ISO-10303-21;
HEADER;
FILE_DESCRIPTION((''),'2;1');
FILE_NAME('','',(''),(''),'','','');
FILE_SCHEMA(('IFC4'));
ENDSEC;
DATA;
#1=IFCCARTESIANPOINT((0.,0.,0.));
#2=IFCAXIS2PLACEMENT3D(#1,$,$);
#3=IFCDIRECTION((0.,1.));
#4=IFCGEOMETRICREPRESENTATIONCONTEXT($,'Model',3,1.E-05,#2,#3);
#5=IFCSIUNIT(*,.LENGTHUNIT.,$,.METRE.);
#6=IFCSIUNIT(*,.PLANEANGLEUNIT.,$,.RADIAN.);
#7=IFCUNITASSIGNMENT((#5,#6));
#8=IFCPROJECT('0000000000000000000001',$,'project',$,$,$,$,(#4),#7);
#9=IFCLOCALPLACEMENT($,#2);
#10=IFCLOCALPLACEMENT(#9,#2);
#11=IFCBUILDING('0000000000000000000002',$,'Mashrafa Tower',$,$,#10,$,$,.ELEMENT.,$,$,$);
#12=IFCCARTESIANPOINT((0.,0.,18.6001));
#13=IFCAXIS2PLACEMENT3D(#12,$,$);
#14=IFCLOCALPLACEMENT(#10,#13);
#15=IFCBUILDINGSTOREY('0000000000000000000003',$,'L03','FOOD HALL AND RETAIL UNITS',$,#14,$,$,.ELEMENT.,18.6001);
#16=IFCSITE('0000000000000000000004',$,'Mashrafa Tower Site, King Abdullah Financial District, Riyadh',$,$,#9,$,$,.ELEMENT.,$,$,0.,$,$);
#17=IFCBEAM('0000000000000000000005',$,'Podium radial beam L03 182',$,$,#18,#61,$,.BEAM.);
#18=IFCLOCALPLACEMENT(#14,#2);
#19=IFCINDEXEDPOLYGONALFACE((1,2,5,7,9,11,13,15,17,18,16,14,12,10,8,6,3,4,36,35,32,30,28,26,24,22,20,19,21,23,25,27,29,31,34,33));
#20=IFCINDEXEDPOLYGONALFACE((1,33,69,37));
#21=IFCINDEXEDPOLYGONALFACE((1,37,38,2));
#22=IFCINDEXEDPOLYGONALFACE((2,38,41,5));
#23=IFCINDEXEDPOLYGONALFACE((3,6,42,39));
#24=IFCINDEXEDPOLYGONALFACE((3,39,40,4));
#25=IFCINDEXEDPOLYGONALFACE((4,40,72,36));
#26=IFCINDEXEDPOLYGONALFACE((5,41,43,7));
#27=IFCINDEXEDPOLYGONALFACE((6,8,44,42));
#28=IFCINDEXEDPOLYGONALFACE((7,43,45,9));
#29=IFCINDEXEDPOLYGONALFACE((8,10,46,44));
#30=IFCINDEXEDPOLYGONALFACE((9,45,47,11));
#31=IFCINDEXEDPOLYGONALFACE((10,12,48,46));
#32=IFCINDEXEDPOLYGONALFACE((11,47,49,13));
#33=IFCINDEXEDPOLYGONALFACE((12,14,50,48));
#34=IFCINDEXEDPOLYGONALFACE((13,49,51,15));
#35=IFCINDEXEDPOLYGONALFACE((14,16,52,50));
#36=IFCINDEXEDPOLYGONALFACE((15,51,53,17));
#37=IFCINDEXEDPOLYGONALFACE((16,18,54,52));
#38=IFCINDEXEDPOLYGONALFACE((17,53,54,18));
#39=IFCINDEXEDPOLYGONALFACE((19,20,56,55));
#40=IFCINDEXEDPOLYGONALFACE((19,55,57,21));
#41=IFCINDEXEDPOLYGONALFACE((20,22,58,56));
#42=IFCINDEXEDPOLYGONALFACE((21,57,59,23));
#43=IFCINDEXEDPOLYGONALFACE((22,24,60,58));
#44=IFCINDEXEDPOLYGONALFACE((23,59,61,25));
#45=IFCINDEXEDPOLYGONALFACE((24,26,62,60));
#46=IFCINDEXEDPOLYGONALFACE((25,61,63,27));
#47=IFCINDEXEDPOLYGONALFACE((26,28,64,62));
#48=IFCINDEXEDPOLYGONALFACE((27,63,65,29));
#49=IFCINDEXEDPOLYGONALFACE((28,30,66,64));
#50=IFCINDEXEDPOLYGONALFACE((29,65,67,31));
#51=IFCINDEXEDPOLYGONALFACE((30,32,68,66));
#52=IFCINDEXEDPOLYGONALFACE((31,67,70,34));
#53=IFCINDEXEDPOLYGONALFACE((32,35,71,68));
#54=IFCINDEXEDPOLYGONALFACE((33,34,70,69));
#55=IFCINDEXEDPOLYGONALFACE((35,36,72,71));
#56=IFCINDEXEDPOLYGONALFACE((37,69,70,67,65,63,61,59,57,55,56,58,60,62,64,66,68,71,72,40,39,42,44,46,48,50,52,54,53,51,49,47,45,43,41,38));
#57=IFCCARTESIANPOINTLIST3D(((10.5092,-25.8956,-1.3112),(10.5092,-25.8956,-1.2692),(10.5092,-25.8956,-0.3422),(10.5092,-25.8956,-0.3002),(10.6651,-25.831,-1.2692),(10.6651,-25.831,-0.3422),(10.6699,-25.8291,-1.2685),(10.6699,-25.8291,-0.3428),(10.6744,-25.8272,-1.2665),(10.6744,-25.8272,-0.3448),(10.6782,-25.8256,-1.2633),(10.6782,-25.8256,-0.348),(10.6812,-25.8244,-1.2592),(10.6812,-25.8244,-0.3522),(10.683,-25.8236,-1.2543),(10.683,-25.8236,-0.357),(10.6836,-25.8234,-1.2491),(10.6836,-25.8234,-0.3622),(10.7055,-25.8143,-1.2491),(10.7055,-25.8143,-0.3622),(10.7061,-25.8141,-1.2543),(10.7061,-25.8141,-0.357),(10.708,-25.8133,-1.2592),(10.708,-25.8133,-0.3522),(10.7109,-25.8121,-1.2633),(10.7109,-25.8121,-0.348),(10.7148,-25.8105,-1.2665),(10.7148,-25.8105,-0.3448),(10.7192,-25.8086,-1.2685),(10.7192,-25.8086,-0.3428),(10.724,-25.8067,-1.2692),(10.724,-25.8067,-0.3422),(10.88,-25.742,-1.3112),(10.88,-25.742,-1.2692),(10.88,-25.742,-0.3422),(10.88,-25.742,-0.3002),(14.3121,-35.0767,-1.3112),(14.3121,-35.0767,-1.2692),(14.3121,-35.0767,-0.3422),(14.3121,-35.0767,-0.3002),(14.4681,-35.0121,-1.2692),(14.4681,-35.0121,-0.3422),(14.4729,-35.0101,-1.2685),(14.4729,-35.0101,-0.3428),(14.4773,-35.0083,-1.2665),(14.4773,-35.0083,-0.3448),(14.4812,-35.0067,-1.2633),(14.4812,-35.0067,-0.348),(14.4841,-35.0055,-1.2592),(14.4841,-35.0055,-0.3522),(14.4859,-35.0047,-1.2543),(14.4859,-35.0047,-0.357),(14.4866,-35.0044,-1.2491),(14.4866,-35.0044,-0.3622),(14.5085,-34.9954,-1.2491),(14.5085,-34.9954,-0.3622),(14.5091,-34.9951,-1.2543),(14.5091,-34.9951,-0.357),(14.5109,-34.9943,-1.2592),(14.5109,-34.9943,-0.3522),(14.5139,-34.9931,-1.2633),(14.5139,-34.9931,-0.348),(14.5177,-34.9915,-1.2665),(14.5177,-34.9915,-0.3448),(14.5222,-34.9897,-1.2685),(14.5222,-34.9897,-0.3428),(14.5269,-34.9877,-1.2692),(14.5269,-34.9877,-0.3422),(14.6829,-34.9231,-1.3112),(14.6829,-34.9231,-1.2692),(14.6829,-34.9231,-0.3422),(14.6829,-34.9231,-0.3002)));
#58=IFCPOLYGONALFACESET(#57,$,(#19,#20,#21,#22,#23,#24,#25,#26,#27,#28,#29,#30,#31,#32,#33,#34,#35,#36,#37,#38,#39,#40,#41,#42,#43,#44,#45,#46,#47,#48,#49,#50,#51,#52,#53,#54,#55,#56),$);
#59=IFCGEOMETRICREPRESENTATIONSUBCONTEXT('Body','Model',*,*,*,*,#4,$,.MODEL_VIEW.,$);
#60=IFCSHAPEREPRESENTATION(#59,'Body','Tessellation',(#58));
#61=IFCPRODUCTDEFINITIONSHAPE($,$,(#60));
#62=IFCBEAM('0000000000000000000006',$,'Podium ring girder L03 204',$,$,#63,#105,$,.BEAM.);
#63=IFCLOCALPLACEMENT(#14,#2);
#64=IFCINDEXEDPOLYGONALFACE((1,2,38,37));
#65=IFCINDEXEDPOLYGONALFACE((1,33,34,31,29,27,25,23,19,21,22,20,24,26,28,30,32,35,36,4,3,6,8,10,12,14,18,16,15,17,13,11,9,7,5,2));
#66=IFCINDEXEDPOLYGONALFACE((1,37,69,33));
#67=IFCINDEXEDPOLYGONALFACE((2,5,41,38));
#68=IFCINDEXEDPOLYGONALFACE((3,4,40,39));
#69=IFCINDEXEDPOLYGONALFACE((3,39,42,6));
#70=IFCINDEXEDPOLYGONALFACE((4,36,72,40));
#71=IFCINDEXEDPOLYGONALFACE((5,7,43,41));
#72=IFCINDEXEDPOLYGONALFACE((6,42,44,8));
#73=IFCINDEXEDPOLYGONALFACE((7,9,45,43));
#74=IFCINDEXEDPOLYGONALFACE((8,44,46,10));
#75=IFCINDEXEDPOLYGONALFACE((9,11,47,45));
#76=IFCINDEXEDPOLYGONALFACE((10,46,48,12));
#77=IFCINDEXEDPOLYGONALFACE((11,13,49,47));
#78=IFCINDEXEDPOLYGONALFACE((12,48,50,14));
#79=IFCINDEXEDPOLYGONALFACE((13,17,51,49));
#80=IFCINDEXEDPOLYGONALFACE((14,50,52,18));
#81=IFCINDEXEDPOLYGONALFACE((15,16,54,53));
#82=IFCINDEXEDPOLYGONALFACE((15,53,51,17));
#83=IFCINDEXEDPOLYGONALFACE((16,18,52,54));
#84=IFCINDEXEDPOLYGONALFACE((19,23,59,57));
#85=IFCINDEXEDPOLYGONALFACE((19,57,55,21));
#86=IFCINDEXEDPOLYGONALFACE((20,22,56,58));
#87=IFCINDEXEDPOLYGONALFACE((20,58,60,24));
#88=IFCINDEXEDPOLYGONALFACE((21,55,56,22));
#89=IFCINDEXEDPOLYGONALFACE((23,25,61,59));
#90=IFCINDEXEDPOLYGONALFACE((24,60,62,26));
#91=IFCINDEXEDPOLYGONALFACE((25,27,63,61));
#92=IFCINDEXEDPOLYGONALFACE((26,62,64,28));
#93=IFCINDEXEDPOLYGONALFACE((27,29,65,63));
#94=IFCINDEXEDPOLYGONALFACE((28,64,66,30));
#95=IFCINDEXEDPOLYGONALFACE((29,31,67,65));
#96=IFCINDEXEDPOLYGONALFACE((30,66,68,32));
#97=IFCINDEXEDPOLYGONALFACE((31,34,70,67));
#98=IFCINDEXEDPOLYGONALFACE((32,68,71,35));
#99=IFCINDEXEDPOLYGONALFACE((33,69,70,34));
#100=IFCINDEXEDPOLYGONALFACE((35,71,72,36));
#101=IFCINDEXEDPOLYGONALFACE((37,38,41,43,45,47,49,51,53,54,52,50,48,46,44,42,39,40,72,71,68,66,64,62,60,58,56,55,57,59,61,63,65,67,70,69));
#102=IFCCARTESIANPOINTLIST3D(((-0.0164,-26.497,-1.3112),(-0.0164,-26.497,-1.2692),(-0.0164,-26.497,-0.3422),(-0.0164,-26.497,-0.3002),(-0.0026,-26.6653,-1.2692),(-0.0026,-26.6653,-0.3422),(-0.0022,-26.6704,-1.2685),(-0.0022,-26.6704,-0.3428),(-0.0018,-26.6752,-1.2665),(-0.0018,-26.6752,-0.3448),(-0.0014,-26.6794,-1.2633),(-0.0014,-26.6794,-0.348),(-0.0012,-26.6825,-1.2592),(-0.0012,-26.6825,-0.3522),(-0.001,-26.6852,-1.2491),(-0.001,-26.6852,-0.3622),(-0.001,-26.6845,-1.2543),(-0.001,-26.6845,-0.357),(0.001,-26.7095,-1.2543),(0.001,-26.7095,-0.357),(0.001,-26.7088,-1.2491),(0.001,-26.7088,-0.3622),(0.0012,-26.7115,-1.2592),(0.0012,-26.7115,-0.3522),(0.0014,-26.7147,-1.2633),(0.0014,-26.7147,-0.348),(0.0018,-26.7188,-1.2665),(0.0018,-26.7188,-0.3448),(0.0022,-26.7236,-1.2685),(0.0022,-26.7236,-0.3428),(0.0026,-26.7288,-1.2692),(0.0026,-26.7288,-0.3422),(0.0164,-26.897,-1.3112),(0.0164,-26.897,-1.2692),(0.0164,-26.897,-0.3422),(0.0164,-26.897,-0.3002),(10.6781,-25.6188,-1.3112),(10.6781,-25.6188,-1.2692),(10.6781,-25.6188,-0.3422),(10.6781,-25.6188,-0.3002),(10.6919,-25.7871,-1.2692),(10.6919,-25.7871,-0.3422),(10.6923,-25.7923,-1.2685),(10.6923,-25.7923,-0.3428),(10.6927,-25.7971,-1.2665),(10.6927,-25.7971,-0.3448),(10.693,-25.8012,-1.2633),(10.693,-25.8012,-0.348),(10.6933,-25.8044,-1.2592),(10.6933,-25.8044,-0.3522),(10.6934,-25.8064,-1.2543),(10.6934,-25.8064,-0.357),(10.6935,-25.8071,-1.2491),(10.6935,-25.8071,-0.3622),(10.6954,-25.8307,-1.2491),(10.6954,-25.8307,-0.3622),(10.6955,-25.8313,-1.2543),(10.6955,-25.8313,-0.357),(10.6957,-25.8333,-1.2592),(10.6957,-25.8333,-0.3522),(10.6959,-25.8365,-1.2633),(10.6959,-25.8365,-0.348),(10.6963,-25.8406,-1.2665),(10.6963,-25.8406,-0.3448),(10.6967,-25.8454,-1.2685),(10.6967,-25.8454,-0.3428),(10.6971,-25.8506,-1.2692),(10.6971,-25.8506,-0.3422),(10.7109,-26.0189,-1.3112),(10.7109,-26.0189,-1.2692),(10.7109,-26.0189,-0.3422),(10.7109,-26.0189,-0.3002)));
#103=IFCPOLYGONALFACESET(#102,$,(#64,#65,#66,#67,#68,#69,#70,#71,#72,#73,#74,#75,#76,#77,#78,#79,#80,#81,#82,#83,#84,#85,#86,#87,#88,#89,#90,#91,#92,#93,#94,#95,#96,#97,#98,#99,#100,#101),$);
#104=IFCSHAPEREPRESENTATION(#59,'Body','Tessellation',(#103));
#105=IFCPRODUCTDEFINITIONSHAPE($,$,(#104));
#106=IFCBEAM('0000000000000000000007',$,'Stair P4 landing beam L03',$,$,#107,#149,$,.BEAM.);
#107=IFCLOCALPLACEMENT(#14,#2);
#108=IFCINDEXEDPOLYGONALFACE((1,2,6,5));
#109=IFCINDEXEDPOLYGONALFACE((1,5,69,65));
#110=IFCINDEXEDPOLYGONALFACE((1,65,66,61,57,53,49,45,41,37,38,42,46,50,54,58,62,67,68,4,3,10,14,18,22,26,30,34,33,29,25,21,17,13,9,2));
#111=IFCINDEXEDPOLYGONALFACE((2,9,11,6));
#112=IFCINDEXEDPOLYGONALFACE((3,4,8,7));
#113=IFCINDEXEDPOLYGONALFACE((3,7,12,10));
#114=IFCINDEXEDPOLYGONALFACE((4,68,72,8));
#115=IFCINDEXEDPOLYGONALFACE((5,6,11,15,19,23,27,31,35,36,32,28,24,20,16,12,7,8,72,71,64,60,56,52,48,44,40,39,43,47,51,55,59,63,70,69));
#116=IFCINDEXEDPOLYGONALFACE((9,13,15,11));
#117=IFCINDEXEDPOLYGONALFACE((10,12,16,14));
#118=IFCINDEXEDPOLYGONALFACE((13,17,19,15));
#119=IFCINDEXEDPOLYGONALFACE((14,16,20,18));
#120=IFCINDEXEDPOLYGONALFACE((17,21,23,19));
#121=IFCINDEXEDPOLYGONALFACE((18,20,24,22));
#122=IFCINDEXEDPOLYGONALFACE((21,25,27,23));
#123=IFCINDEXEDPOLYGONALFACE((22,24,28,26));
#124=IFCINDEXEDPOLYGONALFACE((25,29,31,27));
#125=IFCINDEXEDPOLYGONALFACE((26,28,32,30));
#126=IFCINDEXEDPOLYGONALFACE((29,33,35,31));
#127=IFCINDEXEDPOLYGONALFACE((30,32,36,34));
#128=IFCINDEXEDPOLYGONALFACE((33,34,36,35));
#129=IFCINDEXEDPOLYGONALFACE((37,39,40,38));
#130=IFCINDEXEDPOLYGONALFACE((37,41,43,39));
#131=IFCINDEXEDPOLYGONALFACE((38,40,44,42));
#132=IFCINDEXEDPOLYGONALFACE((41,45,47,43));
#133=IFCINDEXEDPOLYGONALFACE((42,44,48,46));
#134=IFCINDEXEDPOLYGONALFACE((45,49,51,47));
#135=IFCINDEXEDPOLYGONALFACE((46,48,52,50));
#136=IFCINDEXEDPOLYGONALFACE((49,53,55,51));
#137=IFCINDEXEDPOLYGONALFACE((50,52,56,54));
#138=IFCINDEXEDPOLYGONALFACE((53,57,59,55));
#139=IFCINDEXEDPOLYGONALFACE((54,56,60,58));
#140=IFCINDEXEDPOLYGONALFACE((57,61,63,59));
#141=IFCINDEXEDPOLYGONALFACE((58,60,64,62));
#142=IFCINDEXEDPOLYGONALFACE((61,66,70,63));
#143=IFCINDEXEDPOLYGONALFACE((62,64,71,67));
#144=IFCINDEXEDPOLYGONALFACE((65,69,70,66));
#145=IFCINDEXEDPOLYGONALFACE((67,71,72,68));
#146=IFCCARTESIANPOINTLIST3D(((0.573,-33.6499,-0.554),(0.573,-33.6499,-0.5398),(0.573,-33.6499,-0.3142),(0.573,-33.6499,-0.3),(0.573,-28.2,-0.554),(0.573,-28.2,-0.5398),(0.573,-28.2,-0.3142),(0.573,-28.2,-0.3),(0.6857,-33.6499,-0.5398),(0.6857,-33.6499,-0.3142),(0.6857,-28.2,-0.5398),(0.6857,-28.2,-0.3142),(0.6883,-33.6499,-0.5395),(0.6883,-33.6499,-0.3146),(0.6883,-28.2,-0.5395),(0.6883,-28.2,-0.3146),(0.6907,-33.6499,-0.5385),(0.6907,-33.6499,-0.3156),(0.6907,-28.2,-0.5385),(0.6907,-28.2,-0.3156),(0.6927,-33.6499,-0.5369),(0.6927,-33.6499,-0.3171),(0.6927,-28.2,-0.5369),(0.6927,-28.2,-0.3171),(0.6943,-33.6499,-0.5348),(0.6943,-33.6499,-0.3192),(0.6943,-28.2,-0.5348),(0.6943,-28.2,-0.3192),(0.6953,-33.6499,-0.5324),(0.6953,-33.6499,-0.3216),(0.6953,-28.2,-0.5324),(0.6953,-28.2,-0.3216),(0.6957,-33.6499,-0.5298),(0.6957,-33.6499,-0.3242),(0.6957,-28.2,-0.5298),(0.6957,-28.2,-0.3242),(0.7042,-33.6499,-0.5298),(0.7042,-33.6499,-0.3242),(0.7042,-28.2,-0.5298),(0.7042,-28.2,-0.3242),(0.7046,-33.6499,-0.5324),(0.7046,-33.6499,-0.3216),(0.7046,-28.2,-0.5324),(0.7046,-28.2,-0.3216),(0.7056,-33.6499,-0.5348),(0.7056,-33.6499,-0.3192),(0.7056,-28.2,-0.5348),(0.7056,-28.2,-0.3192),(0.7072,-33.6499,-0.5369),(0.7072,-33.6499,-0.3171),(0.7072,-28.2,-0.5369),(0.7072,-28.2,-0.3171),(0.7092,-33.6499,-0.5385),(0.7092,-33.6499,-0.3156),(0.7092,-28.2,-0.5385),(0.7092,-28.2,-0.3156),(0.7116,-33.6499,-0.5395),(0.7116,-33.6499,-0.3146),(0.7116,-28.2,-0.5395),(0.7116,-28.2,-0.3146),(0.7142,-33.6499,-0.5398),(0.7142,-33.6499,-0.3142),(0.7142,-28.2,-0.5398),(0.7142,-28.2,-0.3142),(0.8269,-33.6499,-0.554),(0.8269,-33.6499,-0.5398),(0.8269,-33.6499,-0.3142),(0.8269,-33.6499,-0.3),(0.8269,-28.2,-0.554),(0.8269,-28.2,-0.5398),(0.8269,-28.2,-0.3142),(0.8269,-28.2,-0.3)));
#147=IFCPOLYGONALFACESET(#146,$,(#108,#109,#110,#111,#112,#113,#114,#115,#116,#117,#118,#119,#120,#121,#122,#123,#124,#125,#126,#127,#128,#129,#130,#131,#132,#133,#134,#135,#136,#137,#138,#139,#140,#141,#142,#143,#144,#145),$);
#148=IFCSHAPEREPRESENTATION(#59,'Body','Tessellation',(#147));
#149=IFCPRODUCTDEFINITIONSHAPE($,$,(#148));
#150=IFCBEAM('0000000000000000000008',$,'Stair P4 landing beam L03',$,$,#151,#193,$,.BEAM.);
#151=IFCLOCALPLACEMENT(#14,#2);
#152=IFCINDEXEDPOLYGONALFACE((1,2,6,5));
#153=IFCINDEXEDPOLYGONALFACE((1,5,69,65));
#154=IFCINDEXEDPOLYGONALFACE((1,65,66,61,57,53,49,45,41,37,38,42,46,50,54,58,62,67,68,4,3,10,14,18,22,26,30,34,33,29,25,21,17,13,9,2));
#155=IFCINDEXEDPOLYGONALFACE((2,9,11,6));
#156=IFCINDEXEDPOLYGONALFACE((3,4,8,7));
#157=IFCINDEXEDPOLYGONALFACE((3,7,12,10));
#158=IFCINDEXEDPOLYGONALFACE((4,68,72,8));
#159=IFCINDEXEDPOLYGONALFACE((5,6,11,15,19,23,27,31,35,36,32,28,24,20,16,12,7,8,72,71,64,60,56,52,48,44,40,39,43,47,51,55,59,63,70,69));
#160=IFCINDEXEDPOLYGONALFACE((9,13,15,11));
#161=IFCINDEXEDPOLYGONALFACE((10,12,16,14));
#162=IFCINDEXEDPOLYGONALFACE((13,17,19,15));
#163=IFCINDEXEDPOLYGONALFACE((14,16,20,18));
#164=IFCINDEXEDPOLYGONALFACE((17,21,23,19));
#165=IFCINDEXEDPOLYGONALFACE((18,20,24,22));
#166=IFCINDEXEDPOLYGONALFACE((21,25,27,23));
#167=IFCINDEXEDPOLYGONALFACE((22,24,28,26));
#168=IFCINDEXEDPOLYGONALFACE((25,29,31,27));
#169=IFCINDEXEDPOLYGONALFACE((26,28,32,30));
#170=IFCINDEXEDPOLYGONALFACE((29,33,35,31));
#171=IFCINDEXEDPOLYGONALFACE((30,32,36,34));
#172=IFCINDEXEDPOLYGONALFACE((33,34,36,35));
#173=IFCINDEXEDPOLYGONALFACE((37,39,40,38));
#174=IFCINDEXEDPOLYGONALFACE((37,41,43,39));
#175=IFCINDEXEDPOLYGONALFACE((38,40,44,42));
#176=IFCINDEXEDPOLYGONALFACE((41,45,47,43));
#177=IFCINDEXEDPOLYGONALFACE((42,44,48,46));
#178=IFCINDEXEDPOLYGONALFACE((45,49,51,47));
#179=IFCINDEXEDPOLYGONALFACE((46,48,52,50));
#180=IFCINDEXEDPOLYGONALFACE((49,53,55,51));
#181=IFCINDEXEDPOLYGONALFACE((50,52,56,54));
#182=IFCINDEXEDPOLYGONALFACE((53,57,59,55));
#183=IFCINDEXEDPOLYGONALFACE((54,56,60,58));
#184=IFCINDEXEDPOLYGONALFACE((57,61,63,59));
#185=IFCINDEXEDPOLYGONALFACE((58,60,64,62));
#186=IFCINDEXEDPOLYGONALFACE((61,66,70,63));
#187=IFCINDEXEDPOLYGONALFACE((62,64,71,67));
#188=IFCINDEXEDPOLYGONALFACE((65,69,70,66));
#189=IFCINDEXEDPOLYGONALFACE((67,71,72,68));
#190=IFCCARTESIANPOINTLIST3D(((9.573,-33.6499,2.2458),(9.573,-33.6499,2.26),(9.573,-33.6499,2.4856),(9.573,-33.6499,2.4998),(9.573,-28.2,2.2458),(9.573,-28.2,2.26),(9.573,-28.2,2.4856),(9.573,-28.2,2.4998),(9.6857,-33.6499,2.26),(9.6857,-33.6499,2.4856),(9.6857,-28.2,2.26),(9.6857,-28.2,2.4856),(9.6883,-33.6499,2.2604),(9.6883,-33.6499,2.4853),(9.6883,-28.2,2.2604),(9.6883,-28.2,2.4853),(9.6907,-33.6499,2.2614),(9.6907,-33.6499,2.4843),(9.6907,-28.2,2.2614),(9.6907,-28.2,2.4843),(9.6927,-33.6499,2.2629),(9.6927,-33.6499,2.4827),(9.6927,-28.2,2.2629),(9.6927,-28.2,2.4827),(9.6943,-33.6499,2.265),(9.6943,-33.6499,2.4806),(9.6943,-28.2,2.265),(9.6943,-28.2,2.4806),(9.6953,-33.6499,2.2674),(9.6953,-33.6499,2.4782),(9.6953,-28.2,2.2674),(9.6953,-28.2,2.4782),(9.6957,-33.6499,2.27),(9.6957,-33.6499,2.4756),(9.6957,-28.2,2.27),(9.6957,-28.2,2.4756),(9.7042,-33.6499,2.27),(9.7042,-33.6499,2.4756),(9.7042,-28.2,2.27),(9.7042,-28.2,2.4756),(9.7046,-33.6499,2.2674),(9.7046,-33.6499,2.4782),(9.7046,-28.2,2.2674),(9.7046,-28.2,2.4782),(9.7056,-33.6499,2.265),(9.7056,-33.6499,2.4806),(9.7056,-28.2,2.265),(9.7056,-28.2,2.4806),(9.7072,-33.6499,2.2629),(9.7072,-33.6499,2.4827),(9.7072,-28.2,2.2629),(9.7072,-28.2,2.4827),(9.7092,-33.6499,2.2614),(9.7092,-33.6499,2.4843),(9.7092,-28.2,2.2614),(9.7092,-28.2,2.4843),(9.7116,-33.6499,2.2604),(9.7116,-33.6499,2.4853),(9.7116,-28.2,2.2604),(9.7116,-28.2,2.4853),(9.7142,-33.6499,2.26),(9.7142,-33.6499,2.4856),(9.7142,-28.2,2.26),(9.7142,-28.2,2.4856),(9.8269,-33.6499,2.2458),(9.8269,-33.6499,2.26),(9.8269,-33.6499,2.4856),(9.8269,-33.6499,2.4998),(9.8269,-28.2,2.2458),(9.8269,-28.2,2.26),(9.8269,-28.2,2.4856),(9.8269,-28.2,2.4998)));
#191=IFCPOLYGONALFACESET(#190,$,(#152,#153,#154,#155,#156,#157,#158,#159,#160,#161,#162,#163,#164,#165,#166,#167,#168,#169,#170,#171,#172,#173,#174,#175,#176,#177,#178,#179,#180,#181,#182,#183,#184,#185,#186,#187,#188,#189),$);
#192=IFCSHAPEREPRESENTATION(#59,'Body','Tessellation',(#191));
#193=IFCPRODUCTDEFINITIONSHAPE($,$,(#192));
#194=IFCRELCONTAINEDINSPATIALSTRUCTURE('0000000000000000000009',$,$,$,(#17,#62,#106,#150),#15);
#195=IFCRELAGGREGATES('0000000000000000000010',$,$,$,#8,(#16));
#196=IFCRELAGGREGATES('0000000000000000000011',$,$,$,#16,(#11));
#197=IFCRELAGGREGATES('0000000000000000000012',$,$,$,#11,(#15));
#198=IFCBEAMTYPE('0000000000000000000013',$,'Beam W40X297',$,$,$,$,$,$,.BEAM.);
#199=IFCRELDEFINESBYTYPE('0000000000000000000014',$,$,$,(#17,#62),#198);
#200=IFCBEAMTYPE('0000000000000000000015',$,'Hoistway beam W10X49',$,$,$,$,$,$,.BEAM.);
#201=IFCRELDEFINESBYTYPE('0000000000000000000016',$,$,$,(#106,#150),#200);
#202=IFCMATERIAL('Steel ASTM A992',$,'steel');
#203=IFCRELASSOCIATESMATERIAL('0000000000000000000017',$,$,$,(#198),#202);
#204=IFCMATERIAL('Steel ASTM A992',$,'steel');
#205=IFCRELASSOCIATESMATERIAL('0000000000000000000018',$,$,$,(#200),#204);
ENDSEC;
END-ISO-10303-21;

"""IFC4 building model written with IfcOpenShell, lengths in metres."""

from ifc_helpers import new_model, si_unit, direction, frame, origin, origin_2d, place, context, subcontext, project, spatial, i_section, extrude, material, material_profile, profile_set, type_object, element, save


model = new_model("IFC4")

# Units and contexts
model_context = context("Model", 3, precision=1e-05, world=origin(), true_north=direction((0.0, 1.0)))
body_context = subcontext(model_context, "Body", "Model", "MODEL_VIEW")
ifc_project = project(units=[si_unit("LENGTHUNIT", "METRE"), si_unit("PLANEANGLEUNIT", "RADIAN")], contexts=[model_context])

# Site, building, storey
site_placement = place(None, origin())
site = spatial("IfcSite", under=ifc_project, at=site_placement, Name="Mashrafa Tower Site, King Abdullah Financial District, Riyadh", CompositionType="ELEMENT", RefElevation=0.0)
building_placement = place(site_placement, origin())
building = spatial("IfcBuilding", under=site, at=building_placement, Name="Mashrafa Tower", CompositionType="ELEMENT")
storey_placement = place(building_placement, frame((0.0, 0.0, 18.6001)))
storey = spatial("IfcBuildingStorey", under=building, at=storey_placement, Name="L03", Description="FOOD HALL AND RETAIL UNITS", CompositionType="ELEMENT", Elevation=18.6001)

# Beams
ifc_material_1 = material(Name="Steel ASTM A992", Category="steel")
ifc_material_profile_1 = material_profile(ifc_material_1, i_section(OverallWidth=0.4014, OverallDepth=1.011, WebThickness=0.0237, FlangeThickness=0.042, FilletRadius=0.02, at=origin_2d()), Name="W40X297")
ifc_profile_set_1 = profile_set([ifc_material_profile_1], Name="Steel ASTM A992")
beam_type_1 = type_object("IfcBeamType", Name="Beam W40X297", PredefinedType="BEAM", material=ifc_profile_set_1)
beam_1_placement = place(storey_placement, frame((10.6946, -25.8188, -0.8057), z_axis=(0.382685, -0.923879, 0.0), x_axis=(0.923879, 0.382685, 0.0)))
element("IfcBeam", 1, at=beam_1_placement, inside=storey, type_object=beam_type_1, Name="Podium radial beam L03 182", PredefinedType="BEAM", context=body_context, shape_type="SweptSolid", body=[
    extrude(i_section(OverallWidth=0.4014, OverallDepth=1.011, WebThickness=0.0237, FlangeThickness=0.042, FilletRadius=0.02, at=origin_2d()), origin(), (0.0, 0.0, 1.0), 9.9375),
])
beam_2_placement = place(storey_placement, frame((0.0, -26.697, -0.8057), z_axis=(0.996646, 0.081838, 0.0), x_axis=(-0.081838, 0.996646, 0.0)))
element("IfcBeam", 2, at=beam_2_placement, inside=storey, type_object=beam_type_1, Name="Podium ring girder L03 204", PredefinedType="BEAM", context=body_context, shape_type="SweptSolid", body=[
    extrude(i_section(OverallWidth=0.4014, OverallDepth=1.011, WebThickness=0.0237, FlangeThickness=0.042, FilletRadius=0.02, at=origin_2d()), origin(), (0.0, 0.0, 1.0), 10.7305),
])
ifc_material_2 = material(Name="Steel ASTM A992", Category="steel")
ifc_material_profile_2 = material_profile(ifc_material_2, i_section(OverallWidth=0.2539, OverallDepth=0.2539, WebThickness=0.0085, FlangeThickness=0.0142, FilletRadius=0.01, at=origin_2d()), Name="W10X49")
ifc_profile_set_2 = profile_set([ifc_material_profile_2], Name="Steel ASTM A992")
beam_type_2 = type_object("IfcBeamType", Name="Hoistway beam W10X49", PredefinedType="BEAM", material=ifc_profile_set_2)
for number, where, z_axis, x_axis, name in (
    (3, (0.7, -33.6499, -0.427), (0.0, 1.0, 0.0), (-1.0, 0.0, 0.0), "Stair P4 landing beam L03"),
    (4, (9.7, -33.6499, 2.3728), (0.0, 1.0, 0.0), (-1.0, 0.0, 0.0), "Stair P4 landing beam L03"),
):
    element("IfcBeam", number, at=place(storey_placement, frame(where, z_axis=z_axis, x_axis=x_axis)), inside=storey, type_object=beam_type_2, Name=name, PredefinedType="BEAM", context=body_context, shape_type="SweptSolid", body=[
        extrude(i_section(OverallWidth=0.2539, OverallDepth=0.2539, WebThickness=0.0085, FlangeThickness=0.0142, FilletRadius=0.01, at=origin_2d()), origin(), (0.0, 0.0, 1.0), 5.45),
    ])

save(model, "model.ifc")
